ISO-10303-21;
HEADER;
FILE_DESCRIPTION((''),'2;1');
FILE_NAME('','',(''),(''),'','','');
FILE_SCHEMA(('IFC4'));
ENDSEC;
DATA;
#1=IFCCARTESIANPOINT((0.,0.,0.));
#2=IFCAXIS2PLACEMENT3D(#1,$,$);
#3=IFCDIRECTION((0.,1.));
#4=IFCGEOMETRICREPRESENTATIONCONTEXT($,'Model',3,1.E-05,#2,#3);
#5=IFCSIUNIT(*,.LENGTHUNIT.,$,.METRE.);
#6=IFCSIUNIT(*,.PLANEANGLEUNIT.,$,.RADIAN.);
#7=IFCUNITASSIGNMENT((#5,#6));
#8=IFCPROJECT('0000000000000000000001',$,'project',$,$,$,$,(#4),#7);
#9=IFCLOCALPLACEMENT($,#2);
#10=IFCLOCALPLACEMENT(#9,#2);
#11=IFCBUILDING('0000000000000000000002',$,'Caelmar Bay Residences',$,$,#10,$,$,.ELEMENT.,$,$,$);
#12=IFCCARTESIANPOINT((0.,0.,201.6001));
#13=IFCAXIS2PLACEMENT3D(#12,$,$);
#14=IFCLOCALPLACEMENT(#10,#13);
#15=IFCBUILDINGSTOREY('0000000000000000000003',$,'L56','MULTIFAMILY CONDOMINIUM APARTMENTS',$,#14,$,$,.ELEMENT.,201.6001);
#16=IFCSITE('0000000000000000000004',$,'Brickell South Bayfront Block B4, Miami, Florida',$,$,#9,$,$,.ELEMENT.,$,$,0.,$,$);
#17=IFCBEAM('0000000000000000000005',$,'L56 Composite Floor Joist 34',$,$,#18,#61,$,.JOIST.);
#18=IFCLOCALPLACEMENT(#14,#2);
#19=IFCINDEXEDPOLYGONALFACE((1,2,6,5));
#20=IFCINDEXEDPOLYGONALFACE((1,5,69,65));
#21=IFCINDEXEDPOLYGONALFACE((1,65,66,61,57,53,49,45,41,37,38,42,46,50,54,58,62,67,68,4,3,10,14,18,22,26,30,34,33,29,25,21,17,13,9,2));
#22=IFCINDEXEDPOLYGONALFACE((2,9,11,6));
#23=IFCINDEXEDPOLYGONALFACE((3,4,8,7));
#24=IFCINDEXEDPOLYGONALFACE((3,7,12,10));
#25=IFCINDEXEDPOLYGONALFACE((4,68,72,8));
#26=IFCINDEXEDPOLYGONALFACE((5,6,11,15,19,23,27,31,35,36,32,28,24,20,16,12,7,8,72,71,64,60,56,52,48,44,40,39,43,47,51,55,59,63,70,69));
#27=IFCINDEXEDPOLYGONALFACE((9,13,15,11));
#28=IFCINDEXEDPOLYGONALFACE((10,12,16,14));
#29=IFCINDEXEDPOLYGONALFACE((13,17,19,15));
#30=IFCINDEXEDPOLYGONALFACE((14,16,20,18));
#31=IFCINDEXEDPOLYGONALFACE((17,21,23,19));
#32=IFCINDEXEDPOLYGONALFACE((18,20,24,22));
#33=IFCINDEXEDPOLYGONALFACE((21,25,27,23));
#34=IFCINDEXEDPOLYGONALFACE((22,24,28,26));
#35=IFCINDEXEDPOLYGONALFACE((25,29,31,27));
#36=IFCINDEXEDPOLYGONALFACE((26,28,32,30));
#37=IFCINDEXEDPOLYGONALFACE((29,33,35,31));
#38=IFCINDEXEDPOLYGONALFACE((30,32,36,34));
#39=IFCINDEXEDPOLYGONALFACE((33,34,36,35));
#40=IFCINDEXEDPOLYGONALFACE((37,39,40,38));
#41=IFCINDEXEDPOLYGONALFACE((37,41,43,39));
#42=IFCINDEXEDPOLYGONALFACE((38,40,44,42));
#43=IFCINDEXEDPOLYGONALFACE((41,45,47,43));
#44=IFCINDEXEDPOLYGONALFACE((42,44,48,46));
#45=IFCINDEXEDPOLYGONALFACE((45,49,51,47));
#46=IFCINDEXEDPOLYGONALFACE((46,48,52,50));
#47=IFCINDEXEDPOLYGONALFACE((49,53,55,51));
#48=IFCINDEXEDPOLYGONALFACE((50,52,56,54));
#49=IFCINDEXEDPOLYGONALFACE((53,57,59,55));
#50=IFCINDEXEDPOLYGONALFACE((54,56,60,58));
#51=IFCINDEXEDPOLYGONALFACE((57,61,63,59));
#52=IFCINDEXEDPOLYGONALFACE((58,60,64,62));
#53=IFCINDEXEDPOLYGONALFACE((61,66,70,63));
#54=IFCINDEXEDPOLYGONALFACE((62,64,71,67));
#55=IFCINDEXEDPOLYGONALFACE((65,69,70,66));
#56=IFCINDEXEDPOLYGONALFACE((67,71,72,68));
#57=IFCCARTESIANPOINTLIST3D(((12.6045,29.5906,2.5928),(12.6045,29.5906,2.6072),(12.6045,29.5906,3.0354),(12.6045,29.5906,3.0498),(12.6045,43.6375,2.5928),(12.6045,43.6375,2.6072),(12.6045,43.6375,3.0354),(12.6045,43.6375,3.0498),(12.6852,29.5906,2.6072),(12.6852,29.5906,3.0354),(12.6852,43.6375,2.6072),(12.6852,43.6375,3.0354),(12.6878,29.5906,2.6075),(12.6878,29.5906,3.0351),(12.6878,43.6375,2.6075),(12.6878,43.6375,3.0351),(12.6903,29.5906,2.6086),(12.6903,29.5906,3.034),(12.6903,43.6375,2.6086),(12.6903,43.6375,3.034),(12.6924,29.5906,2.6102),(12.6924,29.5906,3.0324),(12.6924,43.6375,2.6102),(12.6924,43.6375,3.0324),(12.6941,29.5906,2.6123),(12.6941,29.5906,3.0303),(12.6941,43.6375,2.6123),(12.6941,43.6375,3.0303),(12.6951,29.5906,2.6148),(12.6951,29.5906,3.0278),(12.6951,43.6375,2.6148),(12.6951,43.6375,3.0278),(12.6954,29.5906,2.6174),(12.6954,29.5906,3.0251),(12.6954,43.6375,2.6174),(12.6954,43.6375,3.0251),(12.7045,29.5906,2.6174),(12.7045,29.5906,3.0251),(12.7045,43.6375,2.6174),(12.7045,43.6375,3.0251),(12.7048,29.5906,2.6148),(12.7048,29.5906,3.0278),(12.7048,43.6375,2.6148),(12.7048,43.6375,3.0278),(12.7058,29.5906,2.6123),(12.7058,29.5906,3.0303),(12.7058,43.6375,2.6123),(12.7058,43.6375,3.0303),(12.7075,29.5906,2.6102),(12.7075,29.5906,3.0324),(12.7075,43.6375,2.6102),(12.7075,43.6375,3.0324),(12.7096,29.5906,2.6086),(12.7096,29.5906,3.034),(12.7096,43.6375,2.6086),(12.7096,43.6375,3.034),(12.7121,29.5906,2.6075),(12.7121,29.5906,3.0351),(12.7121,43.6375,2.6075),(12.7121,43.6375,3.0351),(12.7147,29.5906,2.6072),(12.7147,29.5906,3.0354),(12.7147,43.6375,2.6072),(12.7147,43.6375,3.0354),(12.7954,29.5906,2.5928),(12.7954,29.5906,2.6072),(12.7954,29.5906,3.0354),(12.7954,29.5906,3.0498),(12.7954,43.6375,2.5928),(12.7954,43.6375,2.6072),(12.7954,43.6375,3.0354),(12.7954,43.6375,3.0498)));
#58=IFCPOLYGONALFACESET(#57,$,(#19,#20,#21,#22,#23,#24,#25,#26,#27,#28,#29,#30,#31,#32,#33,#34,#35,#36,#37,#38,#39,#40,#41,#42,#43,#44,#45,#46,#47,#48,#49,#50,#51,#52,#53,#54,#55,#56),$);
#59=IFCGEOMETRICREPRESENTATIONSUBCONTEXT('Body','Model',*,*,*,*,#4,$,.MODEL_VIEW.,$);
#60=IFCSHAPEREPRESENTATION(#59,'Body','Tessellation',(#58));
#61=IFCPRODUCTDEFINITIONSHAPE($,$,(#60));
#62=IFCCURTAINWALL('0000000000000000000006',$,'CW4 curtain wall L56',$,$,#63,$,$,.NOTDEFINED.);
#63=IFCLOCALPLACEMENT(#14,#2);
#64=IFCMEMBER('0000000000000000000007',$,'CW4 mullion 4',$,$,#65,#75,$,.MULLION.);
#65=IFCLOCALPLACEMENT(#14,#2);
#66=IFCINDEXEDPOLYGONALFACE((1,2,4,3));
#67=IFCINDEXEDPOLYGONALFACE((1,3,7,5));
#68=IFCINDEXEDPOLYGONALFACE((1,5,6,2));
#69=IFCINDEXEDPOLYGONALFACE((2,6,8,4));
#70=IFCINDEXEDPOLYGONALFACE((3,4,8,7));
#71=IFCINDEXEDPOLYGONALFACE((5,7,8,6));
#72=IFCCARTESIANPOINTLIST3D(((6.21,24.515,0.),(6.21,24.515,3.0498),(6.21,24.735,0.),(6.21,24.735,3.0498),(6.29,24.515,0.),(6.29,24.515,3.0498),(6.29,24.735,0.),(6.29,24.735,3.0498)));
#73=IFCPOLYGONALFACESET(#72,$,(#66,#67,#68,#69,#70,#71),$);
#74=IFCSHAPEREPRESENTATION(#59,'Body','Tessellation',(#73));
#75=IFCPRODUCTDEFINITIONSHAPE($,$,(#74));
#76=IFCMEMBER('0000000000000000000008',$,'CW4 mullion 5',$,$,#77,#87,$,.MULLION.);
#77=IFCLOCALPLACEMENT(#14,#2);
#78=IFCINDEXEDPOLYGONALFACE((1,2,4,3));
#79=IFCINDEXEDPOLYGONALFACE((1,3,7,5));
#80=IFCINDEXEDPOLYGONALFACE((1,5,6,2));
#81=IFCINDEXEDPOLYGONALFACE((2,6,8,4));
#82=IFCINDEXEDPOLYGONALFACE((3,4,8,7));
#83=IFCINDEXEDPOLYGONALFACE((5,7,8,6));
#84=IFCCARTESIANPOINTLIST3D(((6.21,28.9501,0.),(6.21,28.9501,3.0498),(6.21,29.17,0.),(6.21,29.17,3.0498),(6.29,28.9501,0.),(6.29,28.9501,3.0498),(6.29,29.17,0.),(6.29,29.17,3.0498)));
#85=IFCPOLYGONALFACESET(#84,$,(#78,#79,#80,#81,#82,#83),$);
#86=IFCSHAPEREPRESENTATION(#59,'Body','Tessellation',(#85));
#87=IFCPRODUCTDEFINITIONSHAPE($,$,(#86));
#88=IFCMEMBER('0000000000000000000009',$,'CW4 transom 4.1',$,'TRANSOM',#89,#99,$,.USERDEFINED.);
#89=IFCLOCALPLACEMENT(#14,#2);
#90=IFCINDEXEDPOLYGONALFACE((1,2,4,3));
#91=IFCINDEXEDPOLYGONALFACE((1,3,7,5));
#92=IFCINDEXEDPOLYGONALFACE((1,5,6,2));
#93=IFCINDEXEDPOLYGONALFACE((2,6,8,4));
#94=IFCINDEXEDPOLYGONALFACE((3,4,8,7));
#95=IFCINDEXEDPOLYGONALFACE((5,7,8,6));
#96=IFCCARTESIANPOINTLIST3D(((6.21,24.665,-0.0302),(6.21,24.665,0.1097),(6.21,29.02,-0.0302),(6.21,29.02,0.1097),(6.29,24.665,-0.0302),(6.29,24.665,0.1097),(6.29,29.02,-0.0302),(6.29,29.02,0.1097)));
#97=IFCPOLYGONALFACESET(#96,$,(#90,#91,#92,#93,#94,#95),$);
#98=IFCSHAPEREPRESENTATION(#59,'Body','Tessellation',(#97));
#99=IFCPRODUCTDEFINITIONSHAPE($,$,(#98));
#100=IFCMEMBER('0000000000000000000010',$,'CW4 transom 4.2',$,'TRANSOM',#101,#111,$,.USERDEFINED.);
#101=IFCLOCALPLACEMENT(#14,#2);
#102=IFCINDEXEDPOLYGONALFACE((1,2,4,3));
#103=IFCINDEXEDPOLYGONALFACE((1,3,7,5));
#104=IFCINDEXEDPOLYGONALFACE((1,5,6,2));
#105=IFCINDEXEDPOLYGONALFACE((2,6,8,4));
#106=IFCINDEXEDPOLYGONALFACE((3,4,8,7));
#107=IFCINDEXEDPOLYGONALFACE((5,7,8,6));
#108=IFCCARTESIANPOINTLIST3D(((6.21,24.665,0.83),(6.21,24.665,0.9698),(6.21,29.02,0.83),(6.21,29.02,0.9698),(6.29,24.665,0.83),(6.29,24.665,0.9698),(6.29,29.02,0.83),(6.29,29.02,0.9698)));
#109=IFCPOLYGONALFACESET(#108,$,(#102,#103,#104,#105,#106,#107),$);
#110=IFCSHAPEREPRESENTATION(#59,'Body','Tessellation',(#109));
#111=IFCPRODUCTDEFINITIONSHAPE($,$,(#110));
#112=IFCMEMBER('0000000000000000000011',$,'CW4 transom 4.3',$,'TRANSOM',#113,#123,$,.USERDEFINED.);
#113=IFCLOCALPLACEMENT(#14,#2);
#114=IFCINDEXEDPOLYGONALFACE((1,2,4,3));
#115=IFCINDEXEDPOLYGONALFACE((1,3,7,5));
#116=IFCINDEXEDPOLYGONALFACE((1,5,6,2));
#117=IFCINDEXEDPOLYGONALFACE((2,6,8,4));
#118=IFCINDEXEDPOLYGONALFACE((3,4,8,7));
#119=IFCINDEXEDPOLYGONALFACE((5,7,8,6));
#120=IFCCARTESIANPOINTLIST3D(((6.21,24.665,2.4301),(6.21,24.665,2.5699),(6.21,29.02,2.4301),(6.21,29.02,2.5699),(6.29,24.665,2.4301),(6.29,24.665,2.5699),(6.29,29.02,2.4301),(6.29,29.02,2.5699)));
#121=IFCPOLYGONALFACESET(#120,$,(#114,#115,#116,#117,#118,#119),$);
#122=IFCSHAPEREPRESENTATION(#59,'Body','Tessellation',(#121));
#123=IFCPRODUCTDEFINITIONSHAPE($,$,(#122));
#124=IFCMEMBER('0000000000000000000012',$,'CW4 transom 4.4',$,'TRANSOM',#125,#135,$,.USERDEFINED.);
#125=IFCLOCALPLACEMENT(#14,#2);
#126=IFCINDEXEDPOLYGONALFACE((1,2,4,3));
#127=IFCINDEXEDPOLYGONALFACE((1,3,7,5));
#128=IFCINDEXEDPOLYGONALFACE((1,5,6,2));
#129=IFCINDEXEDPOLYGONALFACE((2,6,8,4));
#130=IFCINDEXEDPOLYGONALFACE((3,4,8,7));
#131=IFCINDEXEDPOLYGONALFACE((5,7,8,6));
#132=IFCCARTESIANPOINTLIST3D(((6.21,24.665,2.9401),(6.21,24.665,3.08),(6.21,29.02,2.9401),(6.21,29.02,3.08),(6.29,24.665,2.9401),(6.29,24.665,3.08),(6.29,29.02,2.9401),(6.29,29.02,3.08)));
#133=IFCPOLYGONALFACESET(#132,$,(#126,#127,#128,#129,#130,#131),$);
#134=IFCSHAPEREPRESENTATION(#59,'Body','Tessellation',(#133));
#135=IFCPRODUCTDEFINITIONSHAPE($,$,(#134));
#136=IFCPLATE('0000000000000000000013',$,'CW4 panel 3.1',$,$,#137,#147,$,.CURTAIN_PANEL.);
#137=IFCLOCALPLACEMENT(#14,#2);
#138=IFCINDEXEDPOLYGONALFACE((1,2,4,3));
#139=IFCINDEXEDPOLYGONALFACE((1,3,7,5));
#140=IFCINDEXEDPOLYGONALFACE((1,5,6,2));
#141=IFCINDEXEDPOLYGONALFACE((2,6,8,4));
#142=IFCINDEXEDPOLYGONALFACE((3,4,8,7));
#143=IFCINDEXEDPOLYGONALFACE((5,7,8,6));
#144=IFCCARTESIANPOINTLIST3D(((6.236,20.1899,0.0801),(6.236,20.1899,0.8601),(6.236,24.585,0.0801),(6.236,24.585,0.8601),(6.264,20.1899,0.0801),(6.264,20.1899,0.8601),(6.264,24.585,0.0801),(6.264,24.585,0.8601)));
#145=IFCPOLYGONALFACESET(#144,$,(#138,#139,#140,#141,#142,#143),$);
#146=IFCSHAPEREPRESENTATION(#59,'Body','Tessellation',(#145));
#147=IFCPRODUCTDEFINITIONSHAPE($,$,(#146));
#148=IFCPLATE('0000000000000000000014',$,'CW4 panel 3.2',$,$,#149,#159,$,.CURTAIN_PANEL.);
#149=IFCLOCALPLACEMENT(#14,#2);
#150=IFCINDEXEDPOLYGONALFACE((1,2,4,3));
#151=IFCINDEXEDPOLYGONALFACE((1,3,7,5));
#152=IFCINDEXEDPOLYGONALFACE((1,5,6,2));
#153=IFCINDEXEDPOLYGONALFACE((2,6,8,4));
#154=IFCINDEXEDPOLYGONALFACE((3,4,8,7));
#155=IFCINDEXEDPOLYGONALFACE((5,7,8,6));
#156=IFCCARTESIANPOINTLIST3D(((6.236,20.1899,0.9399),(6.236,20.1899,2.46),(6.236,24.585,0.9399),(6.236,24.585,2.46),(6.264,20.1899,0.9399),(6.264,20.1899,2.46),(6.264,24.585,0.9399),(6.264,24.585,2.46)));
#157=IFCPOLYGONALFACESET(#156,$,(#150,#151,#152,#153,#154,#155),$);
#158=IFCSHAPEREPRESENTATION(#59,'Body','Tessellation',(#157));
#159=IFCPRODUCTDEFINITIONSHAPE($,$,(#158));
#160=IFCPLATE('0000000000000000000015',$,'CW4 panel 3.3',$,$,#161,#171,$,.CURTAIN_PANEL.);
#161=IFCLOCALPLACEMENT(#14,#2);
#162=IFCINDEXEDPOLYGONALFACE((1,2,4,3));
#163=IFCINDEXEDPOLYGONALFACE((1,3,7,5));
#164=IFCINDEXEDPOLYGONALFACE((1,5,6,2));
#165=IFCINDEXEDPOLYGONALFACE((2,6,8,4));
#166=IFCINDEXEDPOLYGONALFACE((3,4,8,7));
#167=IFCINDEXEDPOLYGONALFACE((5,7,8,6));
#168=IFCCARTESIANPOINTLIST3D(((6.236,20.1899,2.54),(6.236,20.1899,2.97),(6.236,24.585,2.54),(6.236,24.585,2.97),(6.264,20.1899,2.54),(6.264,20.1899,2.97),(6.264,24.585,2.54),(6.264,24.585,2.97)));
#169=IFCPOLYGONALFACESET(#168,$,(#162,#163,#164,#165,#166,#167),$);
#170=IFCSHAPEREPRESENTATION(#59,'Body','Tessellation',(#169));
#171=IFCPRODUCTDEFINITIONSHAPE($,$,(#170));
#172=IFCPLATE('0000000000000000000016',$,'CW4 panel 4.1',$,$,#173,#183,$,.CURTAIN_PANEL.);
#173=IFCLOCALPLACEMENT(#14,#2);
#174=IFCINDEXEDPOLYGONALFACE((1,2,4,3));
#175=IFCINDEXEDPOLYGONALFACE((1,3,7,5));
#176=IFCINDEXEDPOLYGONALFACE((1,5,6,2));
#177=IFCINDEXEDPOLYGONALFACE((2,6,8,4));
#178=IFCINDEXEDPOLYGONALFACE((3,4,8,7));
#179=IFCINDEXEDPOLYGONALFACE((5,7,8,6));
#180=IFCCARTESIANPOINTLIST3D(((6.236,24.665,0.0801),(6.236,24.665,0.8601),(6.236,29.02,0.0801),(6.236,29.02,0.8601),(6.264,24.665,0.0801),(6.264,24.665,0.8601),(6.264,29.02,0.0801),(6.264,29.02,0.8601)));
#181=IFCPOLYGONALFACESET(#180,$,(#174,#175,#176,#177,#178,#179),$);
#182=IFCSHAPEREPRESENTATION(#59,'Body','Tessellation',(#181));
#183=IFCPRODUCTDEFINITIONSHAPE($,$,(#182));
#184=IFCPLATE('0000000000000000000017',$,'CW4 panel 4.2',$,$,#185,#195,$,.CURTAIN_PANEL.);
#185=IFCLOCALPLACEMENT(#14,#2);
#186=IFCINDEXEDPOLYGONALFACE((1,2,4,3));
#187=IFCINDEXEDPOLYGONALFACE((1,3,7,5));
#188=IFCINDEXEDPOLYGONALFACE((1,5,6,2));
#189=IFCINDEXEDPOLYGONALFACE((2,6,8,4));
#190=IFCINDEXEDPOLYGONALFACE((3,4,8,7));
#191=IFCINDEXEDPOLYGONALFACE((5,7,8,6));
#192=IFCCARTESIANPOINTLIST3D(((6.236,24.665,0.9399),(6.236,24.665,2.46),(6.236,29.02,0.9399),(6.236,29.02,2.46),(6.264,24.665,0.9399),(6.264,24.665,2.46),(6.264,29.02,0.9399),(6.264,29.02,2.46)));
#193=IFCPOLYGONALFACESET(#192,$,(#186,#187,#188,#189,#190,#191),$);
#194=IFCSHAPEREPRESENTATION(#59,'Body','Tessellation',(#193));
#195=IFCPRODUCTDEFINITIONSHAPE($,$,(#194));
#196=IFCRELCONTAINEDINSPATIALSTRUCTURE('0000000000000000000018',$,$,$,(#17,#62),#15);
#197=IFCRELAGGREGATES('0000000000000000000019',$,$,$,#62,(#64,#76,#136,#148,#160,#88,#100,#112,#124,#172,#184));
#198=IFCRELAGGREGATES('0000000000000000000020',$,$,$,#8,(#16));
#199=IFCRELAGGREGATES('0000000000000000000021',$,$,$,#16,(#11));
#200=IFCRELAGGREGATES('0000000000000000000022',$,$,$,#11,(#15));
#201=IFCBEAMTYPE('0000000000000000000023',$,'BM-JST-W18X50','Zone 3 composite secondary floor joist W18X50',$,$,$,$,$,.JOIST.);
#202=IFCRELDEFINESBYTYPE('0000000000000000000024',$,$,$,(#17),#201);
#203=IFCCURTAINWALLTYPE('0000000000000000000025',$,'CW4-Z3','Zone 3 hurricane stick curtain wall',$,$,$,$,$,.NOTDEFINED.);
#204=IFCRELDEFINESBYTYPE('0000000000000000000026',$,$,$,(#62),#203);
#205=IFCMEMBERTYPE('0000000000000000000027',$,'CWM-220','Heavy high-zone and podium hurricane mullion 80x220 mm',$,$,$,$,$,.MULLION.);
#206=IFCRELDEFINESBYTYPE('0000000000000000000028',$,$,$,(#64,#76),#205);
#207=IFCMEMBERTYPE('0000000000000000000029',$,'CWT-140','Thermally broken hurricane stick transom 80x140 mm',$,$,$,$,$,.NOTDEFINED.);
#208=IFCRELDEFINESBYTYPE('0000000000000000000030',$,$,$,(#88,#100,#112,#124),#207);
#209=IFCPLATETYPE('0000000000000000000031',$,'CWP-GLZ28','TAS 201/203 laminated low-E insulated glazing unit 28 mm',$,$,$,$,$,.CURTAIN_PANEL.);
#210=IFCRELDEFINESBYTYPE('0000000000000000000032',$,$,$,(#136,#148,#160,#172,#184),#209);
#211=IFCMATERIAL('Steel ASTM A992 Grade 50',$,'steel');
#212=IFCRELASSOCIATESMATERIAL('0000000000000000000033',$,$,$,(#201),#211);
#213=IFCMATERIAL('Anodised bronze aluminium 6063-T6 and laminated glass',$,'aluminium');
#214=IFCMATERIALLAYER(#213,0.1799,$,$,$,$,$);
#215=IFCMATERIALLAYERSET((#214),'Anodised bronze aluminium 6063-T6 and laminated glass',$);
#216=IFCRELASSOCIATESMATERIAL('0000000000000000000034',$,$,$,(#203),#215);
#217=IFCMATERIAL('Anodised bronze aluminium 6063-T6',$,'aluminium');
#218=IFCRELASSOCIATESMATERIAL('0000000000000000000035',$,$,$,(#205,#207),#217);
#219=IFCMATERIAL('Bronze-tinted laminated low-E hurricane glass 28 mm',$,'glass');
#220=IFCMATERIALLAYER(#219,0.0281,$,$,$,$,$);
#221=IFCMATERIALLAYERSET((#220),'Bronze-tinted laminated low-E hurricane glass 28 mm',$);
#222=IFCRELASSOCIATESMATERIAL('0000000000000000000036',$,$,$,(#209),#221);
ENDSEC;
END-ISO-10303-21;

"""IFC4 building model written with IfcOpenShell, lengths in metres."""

from ifc_helpers import new_model, si_unit, direction, frame, origin, origin_2d, place, context, subcontext, project, spatial, rectangle, i_section, extrude, material, layer, layer_set, material_profile, profile_set, type_object, element, aggregate, save


model = new_model("IFC4")

# Units and contexts
model_context = context("Model", 3, precision=1e-05, world=origin(), true_north=direction((0.0, 1.0)))
body_context = subcontext(model_context, "Body", "Model", "MODEL_VIEW")
ifc_project = project(units=[si_unit("LENGTHUNIT", "METRE"), si_unit("PLANEANGLEUNIT", "RADIAN")], contexts=[model_context])

# Site, building, storey
site_placement = place(None, origin())
site = spatial("IfcSite", under=ifc_project, at=site_placement, Name="Brickell South Bayfront Block B4, Miami, Florida", CompositionType="ELEMENT", RefElevation=0.0)
building_placement = place(site_placement, origin())
building = spatial("IfcBuilding", under=site, at=building_placement, Name="Caelmar Bay Residences", CompositionType="ELEMENT")
storey_placement = place(building_placement, frame((0.0, 0.0, 201.6001)))
storey = spatial("IfcBuildingStorey", under=building, at=storey_placement, Name="L56", Description="MULTIFAMILY CONDOMINIUM APARTMENTS", CompositionType="ELEMENT", Elevation=201.6001)

# Beam
ifc_material_1 = material(Name="Steel ASTM A992 Grade 50", Category="steel")
ifc_material_profile_1 = material_profile(ifc_material_1, i_section(OverallWidth=0.1909, OverallDepth=0.457, WebThickness=0.009, FlangeThickness=0.0144, FilletRadius=0.0103, at=origin_2d()), Name="W18X50")
ifc_profile_set_1 = profile_set([ifc_material_profile_1], Name="Steel ASTM A992 Grade 50")
beam_type_1 = type_object("IfcBeamType", Name="BM-JST-W18X50", Description="Zone 3 composite secondary floor joist W18X50", PredefinedType="JOIST", material=ifc_profile_set_1)
beam_1_placement = place(storey_placement, frame((12.7, 29.5906, 2.8213), z_axis=(0.0, 1.0, 0.0), x_axis=(-1.0, 0.0, 0.0)))
element("IfcBeam", 1, at=beam_1_placement, inside=storey, type_object=beam_type_1, Name="L56 Composite Floor Joist 34", PredefinedType="JOIST", context=body_context, shape_type="SweptSolid", body=[
    extrude(i_section(OverallWidth=0.1909, OverallDepth=0.457, WebThickness=0.009, FlangeThickness=0.0144, FilletRadius=0.0103, at=origin_2d()), origin(), (0.0, 0.0, 1.0), 14.0469),
])

# Curtain wall, members, plates
ifc_material_2 = material(Name="Anodised bronze aluminium 6063-T6 and laminated glass", Category="aluminium")
ifc_layer_1 = layer(ifc_material_2, 0.1799)
ifc_layer_set_1 = layer_set([ifc_layer_1], Name="Anodised bronze aluminium 6063-T6 and laminated glass")
curtain_wall_type = type_object("IfcCurtainWallType", Name="CW4-Z3", Description="Zone 3 hurricane stick curtain wall", PredefinedType="NOTDEFINED", material=ifc_layer_set_1)
curtain_wall_placement = place(storey_placement, origin())
curtain_wall = element("IfcCurtainWall", 2, at=curtain_wall_placement, inside=storey, type_object=curtain_wall_type, Name="CW4 curtain wall L56", PredefinedType="NOTDEFINED")
ifc_material_3 = material(Name="Anodised bronze aluminium 6063-T6", Category="aluminium")
ifc_material_profile_2 = material_profile(ifc_material_3, rectangle(XDim=0.0801, YDim=0.22, at=origin_2d()), Name="CWM-80X220")
ifc_profile_set_2 = profile_set([ifc_material_profile_2], Name="Anodised bronze aluminium 6063-T6")
member_type_1 = type_object("IfcMemberType", Name="CWM-220", Description="Heavy high-zone and podium hurricane mullion 80x220 mm", PredefinedType="MULLION", material=ifc_profile_set_2)
member_1_placement = place(storey_placement, frame((6.25, 24.625, 0.0), z_axis=(0.0, 0.0, 1.0), x_axis=(-1.0, 0.0, 0.0)))
member_1 = element("IfcMember", 3, at=member_1_placement, type_object=member_type_1, Name="CW4 mullion 4", PredefinedType="MULLION", context=body_context, shape_type="SweptSolid", body=[
    extrude(rectangle(XDim=0.0801, YDim=0.22, at=origin_2d()), origin(), (0.0, 0.0, 1.0), 3.0498),
])
member_2_placement = place(storey_placement, frame((6.25, 29.0601, 0.0), z_axis=(0.0, 0.0, 1.0), x_axis=(-1.0, 0.0, 0.0)))
member_2 = element("IfcMember", 4, at=member_2_placement, type_object=member_type_1, Name="CW4 mullion 5", PredefinedType="MULLION", context=body_context, shape_type="SweptSolid", body=[
    extrude(rectangle(XDim=0.0801, YDim=0.22, at=origin_2d()), origin(), (0.0, 0.0, 1.0), 3.0498),
])
ifc_material_profile_3 = material_profile(ifc_material_3, rectangle(XDim=0.0801, YDim=0.1399, at=origin_2d()), Name="CWT-80X140")
ifc_profile_set_3 = profile_set([ifc_material_profile_3], Name="Anodised bronze aluminium 6063-T6")
member_type_2 = type_object("IfcMemberType", Name="CWT-140", Description="Thermally broken hurricane stick transom 80x140 mm", PredefinedType="NOTDEFINED", material=ifc_profile_set_3)
member_3_placement = place(storey_placement, frame((6.25, 24.665, 0.0398), z_axis=(0.0, 1.0, 0.0), x_axis=(-1.0, 0.0, 0.0)))
member_3 = element("IfcMember", 5, at=member_3_placement, type_object=member_type_2, Name="CW4 transom 4.1", ObjectType="TRANSOM", PredefinedType="USERDEFINED", context=body_context, shape_type="SweptSolid", body=[
    extrude(rectangle(XDim=0.0801, YDim=0.1399, at=origin_2d()), origin(), (0.0, 0.0, 1.0), 4.355),
])
member_4_placement = place(storey_placement, frame((6.25, 24.665, 0.8999), z_axis=(0.0, 1.0, 0.0), x_axis=(-1.0, 0.0, 0.0)))
member_4 = element("IfcMember", 6, at=member_4_placement, type_object=member_type_2, Name="CW4 transom 4.2", ObjectType="TRANSOM", PredefinedType="USERDEFINED", context=body_context, shape_type="SweptSolid", body=[
    extrude(rectangle(XDim=0.0801, YDim=0.1399, at=origin_2d()), origin(), (0.0, 0.0, 1.0), 4.355),
])
member_5_placement = place(storey_placement, frame((6.25, 24.665, 2.5), z_axis=(0.0, 1.0, 0.0), x_axis=(-1.0, 0.0, 0.0)))
member_5 = element("IfcMember", 7, at=member_5_placement, type_object=member_type_2, Name="CW4 transom 4.3", ObjectType="TRANSOM", PredefinedType="USERDEFINED", context=body_context, shape_type="SweptSolid", body=[
    extrude(rectangle(XDim=0.0801, YDim=0.1399, at=origin_2d()), origin(), (0.0, 0.0, 1.0), 4.355),
])
member_6_placement = place(storey_placement, frame((6.25, 24.665, 3.01), z_axis=(0.0, 1.0, 0.0), x_axis=(-1.0, 0.0, 0.0)))
member_6 = element("IfcMember", 8, at=member_6_placement, type_object=member_type_2, Name="CW4 transom 4.4", ObjectType="TRANSOM", PredefinedType="USERDEFINED", context=body_context, shape_type="SweptSolid", body=[
    extrude(rectangle(XDim=0.0801, YDim=0.1399, at=origin_2d()), origin(), (0.0, 0.0, 1.0), 4.355),
])
ifc_material_4 = material(Name="Bronze-tinted laminated low-E hurricane glass 28 mm", Category="glass")
ifc_layer_2 = layer(ifc_material_4, 0.0281)
ifc_layer_set_2 = layer_set([ifc_layer_2], Name="Bronze-tinted laminated low-E hurricane glass 28 mm")
plate_type = type_object("IfcPlateType", Name="CWP-GLZ28", Description="TAS 201/203 laminated low-E insulated glazing unit 28 mm", PredefinedType="CURTAIN_PANEL", material=ifc_layer_set_2)
plate_1_placement = place(storey_placement, frame((6.25, 22.3875, 0.0801), z_axis=(0.0, 0.0, 1.0), x_axis=(0.0, 1.0, 0.0)))
plate_1 = element("IfcPlate", 9, at=plate_1_placement, type_object=plate_type, Name="CW4 panel 3.1", PredefinedType="CURTAIN_PANEL", context=body_context, shape_type="SweptSolid", body=[
    extrude(rectangle(XDim=4.395, YDim=0.0281, at=origin_2d()), origin(), (0.0, 0.0, 1.0), 0.78),
])
plate_2_placement = place(storey_placement, frame((6.25, 22.3875, 0.9399), z_axis=(0.0, 0.0, 1.0), x_axis=(0.0, 1.0, 0.0)))
plate_2 = element("IfcPlate", 10, at=plate_2_placement, type_object=plate_type, Name="CW4 panel 3.2", PredefinedType="CURTAIN_PANEL", context=body_context, shape_type="SweptSolid", body=[
    extrude(rectangle(XDim=4.395, YDim=0.0281, at=origin_2d()), origin(), (0.0, 0.0, 1.0), 1.52),
])
plate_3_placement = place(storey_placement, frame((6.25, 22.3875, 2.54), z_axis=(0.0, 0.0, 1.0), x_axis=(0.0, 1.0, 0.0)))
plate_3 = element("IfcPlate", 11, at=plate_3_placement, type_object=plate_type, Name="CW4 panel 3.3", PredefinedType="CURTAIN_PANEL", context=body_context, shape_type="SweptSolid", body=[
    extrude(rectangle(XDim=4.395, YDim=0.0281, at=origin_2d()), origin(), (0.0, 0.0, 1.0), 0.4299),
])
plate_4_placement = place(storey_placement, frame((6.25, 26.8425, 0.0801), z_axis=(0.0, 0.0, 1.0), x_axis=(0.0, 1.0, 0.0)))
plate_4 = element("IfcPlate", 12, at=plate_4_placement, type_object=plate_type, Name="CW4 panel 4.1", PredefinedType="CURTAIN_PANEL", context=body_context, shape_type="SweptSolid", body=[
    extrude(rectangle(XDim=4.355, YDim=0.0281, at=origin_2d()), origin(), (0.0, 0.0, 1.0), 0.78),
])
plate_5_placement = place(storey_placement, frame((6.25, 26.8425, 0.9399), z_axis=(0.0, 0.0, 1.0), x_axis=(0.0, 1.0, 0.0)))
plate_5 = element("IfcPlate", 13, at=plate_5_placement, type_object=plate_type, Name="CW4 panel 4.2", PredefinedType="CURTAIN_PANEL", context=body_context, shape_type="SweptSolid", body=[
    extrude(rectangle(XDim=4.355, YDim=0.0281, at=origin_2d()), origin(), (0.0, 0.0, 1.0), 1.52),
])
aggregate(curtain_wall, [member_1, member_2, plate_1, plate_2, plate_3, member_3, member_4, member_5, member_6, plate_4, plate_5])

save(model, "model.ifc")
